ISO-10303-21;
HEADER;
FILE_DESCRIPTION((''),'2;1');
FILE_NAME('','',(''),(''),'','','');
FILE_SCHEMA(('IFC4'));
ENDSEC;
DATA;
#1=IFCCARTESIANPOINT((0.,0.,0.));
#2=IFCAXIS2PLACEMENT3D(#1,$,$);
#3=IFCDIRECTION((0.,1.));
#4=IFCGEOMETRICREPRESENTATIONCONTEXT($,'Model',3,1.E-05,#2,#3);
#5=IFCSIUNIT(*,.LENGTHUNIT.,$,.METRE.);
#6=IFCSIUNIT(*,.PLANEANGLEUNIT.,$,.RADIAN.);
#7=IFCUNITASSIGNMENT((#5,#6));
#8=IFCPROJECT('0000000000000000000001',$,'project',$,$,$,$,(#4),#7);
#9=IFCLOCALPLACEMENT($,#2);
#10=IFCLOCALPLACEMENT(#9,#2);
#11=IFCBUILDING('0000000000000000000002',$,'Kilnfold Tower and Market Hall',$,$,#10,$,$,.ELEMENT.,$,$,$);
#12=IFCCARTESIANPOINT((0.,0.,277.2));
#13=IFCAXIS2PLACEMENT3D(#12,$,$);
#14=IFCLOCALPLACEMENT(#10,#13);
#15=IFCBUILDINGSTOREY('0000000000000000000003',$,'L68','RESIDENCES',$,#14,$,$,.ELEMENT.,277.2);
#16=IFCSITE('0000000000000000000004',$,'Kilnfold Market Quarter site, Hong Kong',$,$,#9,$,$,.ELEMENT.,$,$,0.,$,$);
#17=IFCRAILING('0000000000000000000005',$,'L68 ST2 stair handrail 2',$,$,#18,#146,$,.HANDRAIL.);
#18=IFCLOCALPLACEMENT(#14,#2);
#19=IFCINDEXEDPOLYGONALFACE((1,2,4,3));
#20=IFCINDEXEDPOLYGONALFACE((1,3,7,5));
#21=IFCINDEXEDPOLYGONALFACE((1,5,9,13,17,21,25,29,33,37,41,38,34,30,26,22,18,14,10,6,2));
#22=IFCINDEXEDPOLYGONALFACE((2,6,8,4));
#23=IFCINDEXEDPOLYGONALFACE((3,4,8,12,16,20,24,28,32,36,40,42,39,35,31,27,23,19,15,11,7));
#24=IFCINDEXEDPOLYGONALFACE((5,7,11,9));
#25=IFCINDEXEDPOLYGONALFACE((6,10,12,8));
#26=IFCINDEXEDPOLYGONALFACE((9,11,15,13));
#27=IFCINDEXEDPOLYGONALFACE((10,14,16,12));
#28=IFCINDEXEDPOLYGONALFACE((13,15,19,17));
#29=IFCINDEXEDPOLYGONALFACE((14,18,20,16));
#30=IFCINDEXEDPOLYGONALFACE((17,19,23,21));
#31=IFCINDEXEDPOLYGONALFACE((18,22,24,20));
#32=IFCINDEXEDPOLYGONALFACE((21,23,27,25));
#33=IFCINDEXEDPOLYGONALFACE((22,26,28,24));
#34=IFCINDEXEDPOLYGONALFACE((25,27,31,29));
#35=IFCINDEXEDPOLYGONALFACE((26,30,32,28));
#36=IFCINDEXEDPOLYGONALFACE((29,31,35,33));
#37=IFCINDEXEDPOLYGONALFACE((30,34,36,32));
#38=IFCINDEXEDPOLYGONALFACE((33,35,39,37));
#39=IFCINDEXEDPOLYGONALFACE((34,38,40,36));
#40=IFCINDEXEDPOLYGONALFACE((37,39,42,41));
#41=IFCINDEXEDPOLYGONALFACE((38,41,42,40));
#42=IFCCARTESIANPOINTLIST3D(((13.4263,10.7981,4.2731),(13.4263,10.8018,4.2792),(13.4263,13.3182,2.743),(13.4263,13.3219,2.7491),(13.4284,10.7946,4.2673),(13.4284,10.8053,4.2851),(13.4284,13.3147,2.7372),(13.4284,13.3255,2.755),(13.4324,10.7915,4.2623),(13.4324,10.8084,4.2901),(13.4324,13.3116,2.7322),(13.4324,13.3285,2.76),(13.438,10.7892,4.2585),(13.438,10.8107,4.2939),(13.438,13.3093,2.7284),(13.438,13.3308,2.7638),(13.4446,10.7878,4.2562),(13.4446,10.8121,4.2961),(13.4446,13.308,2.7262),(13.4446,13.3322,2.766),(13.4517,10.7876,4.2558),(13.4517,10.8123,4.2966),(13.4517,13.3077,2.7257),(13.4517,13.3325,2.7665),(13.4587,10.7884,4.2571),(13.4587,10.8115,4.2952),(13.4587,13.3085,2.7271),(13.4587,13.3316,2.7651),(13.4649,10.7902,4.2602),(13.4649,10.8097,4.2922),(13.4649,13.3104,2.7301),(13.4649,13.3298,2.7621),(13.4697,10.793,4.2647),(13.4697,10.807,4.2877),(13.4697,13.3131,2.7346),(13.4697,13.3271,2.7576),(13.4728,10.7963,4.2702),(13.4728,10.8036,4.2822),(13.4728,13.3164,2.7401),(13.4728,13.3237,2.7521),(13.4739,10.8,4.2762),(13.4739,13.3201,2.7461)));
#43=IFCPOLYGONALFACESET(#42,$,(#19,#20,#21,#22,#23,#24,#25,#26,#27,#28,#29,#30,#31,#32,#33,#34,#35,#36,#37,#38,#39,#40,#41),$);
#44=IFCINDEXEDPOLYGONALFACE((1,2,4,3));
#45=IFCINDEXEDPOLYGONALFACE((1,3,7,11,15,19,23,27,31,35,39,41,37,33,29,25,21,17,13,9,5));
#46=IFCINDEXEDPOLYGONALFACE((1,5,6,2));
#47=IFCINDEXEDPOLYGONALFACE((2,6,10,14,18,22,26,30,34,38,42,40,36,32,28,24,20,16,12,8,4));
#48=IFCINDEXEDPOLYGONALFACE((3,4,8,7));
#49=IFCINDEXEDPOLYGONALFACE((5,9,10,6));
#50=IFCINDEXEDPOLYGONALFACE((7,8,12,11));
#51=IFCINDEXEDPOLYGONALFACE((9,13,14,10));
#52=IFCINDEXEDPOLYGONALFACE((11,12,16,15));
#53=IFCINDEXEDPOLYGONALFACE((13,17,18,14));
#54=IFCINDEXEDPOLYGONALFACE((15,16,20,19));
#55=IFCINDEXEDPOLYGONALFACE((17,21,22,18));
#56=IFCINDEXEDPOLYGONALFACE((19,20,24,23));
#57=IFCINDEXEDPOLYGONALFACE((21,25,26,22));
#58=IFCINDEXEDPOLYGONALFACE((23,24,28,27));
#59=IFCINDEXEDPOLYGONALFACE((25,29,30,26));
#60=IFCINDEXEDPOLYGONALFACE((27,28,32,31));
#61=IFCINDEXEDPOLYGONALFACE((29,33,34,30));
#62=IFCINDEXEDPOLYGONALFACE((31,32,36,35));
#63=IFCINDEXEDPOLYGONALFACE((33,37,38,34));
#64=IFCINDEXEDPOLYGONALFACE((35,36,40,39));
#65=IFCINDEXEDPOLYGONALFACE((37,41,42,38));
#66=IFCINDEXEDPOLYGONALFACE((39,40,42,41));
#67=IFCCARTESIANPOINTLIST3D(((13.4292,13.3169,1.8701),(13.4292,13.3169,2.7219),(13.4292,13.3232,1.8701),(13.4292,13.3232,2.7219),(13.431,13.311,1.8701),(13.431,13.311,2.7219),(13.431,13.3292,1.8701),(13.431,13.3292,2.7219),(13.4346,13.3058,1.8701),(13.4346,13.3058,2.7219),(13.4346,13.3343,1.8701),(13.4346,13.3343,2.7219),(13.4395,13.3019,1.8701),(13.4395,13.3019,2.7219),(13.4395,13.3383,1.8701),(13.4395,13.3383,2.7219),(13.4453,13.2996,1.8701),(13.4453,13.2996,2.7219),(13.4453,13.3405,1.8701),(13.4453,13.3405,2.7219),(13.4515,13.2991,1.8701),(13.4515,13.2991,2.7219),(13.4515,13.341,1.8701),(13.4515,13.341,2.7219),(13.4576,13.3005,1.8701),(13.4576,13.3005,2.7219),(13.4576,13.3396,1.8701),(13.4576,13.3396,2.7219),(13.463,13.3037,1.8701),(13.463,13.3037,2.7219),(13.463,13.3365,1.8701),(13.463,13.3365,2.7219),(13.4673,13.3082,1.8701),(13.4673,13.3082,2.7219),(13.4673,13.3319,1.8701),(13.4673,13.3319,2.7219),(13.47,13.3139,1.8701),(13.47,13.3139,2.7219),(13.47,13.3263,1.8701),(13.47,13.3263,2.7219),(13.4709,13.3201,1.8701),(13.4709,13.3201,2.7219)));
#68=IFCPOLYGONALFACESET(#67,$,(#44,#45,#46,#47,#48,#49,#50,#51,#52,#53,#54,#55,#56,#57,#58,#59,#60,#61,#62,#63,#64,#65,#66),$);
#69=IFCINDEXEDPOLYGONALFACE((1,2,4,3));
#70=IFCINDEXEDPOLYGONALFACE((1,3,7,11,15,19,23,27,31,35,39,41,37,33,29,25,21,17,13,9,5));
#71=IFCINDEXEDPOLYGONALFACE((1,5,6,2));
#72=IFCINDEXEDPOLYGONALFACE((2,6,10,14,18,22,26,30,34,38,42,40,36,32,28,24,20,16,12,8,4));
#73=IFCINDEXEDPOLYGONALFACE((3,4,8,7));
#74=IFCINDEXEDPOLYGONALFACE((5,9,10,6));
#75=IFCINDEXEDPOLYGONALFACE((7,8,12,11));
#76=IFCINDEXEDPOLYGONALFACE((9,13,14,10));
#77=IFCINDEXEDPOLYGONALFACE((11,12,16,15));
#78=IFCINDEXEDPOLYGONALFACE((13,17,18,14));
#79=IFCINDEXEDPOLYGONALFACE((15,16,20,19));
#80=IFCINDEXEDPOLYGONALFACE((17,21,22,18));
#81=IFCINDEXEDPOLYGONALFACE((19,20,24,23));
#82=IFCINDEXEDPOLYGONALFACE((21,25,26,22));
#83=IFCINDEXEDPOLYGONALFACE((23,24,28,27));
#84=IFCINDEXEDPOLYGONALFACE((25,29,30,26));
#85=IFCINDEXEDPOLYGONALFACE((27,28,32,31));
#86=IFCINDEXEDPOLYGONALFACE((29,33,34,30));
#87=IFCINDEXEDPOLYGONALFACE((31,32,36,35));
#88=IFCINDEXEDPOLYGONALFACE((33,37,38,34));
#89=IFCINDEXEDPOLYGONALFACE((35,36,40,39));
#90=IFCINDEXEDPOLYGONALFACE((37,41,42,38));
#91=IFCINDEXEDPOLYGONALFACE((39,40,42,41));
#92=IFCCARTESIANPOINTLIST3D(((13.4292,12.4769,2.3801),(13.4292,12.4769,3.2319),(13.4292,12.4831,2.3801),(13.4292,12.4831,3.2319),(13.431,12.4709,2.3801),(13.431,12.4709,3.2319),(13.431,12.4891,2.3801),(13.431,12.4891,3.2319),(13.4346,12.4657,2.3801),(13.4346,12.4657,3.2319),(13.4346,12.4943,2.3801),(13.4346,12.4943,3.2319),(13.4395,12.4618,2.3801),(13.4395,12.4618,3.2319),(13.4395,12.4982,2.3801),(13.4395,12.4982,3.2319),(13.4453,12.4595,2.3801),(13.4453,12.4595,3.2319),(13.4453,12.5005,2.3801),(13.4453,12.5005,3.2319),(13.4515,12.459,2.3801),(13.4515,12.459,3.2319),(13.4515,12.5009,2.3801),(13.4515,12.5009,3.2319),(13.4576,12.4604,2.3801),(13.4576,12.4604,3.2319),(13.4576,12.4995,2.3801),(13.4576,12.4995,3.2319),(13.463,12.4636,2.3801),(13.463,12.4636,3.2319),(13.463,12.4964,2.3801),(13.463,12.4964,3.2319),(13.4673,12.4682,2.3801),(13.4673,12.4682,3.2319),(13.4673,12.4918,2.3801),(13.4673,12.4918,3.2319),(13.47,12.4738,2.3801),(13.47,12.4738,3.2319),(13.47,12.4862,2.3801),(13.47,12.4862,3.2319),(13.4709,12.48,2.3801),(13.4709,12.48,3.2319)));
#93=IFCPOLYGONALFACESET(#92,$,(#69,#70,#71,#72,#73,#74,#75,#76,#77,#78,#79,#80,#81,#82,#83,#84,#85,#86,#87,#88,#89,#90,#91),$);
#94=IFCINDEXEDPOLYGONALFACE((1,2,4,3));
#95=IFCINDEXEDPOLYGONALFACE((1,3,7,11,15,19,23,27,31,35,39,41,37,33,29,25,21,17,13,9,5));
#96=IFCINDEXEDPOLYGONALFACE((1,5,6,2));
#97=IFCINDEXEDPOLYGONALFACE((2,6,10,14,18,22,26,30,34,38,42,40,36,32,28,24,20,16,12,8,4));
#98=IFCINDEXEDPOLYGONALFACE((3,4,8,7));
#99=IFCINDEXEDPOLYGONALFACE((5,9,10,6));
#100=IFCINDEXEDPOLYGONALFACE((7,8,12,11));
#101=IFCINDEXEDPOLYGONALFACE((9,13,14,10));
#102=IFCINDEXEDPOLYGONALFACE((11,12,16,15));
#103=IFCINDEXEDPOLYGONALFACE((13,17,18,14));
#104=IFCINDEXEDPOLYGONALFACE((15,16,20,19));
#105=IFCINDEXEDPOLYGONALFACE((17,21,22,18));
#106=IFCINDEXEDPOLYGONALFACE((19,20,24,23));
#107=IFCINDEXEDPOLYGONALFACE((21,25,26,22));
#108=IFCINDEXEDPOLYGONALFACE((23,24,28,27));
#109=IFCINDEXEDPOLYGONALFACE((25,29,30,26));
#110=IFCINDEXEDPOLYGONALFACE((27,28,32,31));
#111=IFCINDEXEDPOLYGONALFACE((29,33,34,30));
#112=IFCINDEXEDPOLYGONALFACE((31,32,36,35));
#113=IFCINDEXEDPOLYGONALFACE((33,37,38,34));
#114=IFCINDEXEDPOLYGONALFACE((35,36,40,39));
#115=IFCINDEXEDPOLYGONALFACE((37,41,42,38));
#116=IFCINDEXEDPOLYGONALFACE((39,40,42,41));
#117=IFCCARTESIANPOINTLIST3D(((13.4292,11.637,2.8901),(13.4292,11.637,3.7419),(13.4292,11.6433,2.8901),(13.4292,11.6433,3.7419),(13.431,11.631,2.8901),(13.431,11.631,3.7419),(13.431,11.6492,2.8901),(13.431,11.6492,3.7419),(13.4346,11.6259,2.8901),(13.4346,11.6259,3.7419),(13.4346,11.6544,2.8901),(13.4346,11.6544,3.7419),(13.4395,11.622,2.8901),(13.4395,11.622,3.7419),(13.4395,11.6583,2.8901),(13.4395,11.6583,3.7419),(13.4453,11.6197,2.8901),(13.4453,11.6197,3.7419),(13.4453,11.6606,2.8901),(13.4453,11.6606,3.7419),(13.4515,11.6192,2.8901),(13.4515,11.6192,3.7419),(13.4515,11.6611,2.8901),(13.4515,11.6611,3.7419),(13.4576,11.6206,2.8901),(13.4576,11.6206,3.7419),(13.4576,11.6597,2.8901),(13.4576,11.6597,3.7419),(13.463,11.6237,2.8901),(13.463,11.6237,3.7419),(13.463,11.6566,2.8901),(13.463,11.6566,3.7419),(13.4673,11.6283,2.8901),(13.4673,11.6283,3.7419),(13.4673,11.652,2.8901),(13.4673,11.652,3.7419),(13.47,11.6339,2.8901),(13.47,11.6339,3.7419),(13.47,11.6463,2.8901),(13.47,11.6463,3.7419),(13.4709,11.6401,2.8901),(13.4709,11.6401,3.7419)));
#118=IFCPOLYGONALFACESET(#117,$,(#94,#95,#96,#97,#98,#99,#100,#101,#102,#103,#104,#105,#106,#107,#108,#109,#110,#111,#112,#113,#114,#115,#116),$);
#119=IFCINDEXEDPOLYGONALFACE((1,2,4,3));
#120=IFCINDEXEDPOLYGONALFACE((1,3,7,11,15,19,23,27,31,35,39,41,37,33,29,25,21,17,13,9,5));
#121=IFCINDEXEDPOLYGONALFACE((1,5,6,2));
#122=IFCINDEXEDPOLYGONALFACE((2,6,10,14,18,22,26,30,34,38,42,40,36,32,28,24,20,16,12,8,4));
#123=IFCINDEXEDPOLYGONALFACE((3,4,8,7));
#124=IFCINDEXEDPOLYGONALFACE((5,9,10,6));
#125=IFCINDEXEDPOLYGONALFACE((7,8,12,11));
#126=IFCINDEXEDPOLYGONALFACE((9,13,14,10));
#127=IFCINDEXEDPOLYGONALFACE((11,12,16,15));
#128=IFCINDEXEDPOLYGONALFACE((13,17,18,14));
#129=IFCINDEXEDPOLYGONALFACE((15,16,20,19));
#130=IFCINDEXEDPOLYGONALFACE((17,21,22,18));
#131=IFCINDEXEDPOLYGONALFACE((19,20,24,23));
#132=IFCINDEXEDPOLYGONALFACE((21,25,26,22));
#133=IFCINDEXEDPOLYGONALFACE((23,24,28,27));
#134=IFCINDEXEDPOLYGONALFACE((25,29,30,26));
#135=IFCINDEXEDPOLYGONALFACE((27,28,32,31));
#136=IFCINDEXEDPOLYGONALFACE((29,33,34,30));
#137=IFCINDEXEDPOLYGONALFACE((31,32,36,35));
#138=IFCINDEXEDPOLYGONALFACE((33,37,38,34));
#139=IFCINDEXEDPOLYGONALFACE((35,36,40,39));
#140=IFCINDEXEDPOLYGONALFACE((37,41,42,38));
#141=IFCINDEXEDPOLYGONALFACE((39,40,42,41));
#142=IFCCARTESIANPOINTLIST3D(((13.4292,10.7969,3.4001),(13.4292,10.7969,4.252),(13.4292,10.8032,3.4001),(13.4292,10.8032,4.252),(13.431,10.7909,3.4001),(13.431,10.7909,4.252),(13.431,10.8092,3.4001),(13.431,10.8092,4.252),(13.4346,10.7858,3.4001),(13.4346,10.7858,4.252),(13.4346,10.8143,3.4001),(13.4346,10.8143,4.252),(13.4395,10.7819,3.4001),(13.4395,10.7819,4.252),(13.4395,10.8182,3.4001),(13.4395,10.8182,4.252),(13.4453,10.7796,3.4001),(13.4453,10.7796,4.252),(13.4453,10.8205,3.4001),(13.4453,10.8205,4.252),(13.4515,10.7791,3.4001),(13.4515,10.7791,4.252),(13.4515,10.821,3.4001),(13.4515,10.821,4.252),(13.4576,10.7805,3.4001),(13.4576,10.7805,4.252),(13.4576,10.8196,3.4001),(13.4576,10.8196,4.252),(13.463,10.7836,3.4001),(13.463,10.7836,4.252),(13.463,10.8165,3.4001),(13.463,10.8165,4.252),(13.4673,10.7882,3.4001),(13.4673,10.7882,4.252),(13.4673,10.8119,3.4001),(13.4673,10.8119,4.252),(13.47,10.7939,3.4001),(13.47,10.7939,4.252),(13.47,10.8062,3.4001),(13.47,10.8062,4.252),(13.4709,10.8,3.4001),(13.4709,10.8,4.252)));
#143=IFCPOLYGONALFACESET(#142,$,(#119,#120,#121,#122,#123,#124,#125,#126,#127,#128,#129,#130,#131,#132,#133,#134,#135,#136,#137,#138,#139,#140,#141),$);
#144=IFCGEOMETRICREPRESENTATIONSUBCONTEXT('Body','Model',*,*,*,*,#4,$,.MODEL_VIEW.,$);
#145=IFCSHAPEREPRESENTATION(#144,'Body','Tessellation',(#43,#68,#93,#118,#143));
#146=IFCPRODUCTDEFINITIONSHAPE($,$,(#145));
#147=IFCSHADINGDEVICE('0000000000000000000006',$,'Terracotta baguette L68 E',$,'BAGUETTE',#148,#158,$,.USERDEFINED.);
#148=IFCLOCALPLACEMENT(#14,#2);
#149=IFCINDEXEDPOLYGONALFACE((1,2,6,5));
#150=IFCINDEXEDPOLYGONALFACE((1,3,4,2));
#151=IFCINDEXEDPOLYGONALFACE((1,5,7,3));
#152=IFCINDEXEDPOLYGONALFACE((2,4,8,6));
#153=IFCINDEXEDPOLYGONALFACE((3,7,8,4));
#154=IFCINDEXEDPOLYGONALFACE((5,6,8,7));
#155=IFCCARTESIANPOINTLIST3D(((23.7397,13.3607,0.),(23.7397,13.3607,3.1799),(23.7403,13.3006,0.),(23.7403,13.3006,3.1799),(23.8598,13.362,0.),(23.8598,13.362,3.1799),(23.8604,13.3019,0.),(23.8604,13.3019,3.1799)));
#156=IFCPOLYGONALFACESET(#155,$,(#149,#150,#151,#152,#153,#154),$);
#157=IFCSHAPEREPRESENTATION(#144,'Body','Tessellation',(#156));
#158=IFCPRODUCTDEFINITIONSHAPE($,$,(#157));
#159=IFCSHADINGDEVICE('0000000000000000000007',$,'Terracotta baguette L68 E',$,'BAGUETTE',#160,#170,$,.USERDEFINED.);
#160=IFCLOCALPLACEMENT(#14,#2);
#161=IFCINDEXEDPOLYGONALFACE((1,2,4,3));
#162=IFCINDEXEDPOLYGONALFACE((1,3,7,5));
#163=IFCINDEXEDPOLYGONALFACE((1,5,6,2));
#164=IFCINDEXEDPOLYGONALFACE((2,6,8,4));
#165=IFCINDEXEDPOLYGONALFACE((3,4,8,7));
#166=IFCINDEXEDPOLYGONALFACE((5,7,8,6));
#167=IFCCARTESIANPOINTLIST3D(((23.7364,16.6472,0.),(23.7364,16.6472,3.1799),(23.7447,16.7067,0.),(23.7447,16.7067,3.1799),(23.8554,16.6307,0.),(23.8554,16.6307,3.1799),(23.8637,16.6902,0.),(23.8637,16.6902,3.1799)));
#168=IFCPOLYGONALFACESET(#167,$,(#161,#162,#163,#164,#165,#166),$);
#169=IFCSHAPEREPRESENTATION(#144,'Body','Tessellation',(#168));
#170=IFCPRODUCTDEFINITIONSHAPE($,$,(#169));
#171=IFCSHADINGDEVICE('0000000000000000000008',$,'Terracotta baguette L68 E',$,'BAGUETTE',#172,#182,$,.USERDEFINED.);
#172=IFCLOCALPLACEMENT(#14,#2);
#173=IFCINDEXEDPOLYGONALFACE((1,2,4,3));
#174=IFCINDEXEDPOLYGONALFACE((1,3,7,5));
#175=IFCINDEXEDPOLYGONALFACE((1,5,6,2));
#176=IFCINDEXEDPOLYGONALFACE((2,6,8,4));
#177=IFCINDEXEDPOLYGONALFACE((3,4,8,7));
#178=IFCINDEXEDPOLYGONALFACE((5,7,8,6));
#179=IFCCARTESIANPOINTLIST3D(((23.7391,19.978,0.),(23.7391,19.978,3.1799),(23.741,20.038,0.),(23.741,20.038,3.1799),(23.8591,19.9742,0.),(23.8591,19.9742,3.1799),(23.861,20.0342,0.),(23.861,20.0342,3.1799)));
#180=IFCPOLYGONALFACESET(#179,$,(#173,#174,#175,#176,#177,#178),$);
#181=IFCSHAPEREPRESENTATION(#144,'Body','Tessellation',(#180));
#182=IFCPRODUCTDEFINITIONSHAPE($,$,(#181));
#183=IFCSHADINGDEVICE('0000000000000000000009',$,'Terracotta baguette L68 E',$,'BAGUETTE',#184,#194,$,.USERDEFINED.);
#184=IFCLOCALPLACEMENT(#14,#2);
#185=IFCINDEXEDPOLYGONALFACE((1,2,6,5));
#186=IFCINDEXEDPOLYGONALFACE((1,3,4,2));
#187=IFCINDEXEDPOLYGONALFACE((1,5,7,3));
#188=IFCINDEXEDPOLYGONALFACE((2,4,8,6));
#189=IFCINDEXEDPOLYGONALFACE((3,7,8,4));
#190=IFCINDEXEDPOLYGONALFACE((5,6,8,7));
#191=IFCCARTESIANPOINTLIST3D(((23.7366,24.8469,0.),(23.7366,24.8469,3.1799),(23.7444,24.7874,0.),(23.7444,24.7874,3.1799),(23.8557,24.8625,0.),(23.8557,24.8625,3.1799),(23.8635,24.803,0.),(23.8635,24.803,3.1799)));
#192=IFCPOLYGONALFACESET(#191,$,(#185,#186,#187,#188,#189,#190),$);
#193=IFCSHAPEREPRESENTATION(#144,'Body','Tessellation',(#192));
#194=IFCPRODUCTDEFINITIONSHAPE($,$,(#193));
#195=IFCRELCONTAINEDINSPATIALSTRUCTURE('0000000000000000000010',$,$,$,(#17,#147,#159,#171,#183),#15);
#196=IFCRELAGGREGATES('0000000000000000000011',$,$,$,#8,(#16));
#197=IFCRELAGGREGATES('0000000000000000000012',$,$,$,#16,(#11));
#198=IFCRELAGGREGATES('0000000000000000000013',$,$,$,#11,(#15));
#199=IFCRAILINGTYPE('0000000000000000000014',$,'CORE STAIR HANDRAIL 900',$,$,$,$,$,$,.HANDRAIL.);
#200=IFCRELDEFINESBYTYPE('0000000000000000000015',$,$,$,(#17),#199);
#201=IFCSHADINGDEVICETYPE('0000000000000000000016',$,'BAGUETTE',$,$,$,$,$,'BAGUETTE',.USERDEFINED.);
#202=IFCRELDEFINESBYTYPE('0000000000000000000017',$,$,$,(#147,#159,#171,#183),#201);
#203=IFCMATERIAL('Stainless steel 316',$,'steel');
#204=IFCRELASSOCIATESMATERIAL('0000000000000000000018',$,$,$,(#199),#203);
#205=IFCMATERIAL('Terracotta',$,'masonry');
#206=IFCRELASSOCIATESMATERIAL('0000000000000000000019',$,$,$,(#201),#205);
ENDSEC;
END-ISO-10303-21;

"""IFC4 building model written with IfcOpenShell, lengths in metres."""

from ifc_helpers import new_model, si_unit, direction, frame, origin, origin_2d, place, context, subcontext, project, spatial, rectangle, circle, extrude, source, transform, mapped, material, material_profile, profile_set, type_object, element, save


model = new_model("IFC4")

# Units and contexts
model_context = context("Model", 3, precision=1e-05, world=origin(), true_north=direction((0.0, 1.0)))
body_context = subcontext(model_context, "Body", "Model", "MODEL_VIEW")
ifc_project = project(units=[si_unit("LENGTHUNIT", "METRE"), si_unit("PLANEANGLEUNIT", "RADIAN")], contexts=[model_context])

# Site, building, storey
site_placement = place(None, origin())
site = spatial("IfcSite", under=ifc_project, at=site_placement, Name="Kilnfold Market Quarter site, Hong Kong", CompositionType="ELEMENT", RefElevation=0.0)
building_placement = place(site_placement, origin())
building = spatial("IfcBuilding", under=site, at=building_placement, Name="Kilnfold Tower and Market Hall", CompositionType="ELEMENT")
storey_placement = place(building_placement, frame((0.0, 0.0, 277.2)))
storey = spatial("IfcBuildingStorey", under=building, at=storey_placement, Name="L68", Description="RESIDENCES", CompositionType="ELEMENT", Elevation=277.2)

# Railing
ifc_material_1 = material(Name="Stainless steel 316", Category="steel")
railing_type = type_object("IfcRailingType", Name="CORE STAIR HANDRAIL 900", PredefinedType="HANDRAIL", material=ifc_material_1)
railing_placement = place(storey_placement, frame((13.45, 13.3201, 1.8701)))
element("IfcRailing", 1, at=railing_placement, inside=storey, type_object=railing_type, Name="L68 ST2 stair handrail 2", PredefinedType="HANDRAIL", context=body_context, shape_type="SweptSolid", body=[
    extrude(circle(Radius=0.0239, at=origin_2d()), frame((0.0, 0.0, 0.876), z_axis=(0.0, -0.854785, 0.518982), x_axis=(1.0, 0.0, 0.0)), (0.0, 0.0, 1.0), 2.9482),
    extrude(circle(Radius=0.021, at=origin_2d()), origin(), (0.0, 0.0, 1.0), 0.8518),
    extrude(circle(Radius=0.021, at=origin_2d()), frame((0.0, -0.8401, 0.51)), (0.0, 0.0, 1.0), 0.8518),
    extrude(circle(Radius=0.021, at=origin_2d()), frame((0.0, -1.6799, 1.02)), (0.0, 0.0, 1.0), 0.8518),
    extrude(circle(Radius=0.021, at=origin_2d()), frame((0.0, -2.52, 1.53)), (0.0, 0.0, 1.0), 0.8518),
])

# Shading devices
ifc_material_2 = material(Name="Terracotta", Category="masonry")
ifc_material_profile_1 = material_profile(ifc_material_2, rectangle(XDim=0.0601, YDim=0.1201, at=origin_2d()), Name="BAG 60x120")
ifc_profile_set_1 = profile_set([ifc_material_profile_1], Name="Terracotta")
shading_device_type = type_object("IfcShadingDeviceType", Name="BAGUETTE", ElementType="BAGUETTE", PredefinedType="USERDEFINED", material=ifc_profile_set_1)
shared_shape_1 = source(origin(), body_context, "Body", "SweptSolid", [
    extrude(rectangle(XDim=0.0601, YDim=0.1201, at=origin_2d()), origin(), (0.0, 0.0, 1.0), 3.1799),
])
for number, where, z_axis, x_axis, name in (
    (2, (23.8, 13.3313, 0.0), (0.0, 0.0, 1.0), (-0.011205, 0.999937, 0.0), "Terracotta baguette L68 E"),
    (3, (23.8, 16.6687, 0.0), (0.0, 0.0, 1.0), (0.137552, 0.990495, 0.0), "Terracotta baguette L68 E"),
    (4, (23.8, 20.0061, 0.0), (0.0, 0.0, 1.0), (0.03131, 0.99951, 0.0), "Terracotta baguette L68 E"),
    (5, (23.8, 24.825, 0.0), (0.0, 0.0, 1.0), (-0.130026, 0.991511, 0.0), "Terracotta baguette L68 E"),
):
    element("IfcShadingDevice", number, at=place(storey_placement, frame(where, z_axis=z_axis, x_axis=x_axis)), inside=storey, type_object=shading_device_type, Name=name, ObjectType="BAGUETTE", PredefinedType="USERDEFINED", context=body_context, shape_type="MappedRepresentation", body=[
        mapped(shared_shape_1, transform((0.0, 0.0, 0.0))),
    ])

save(model, "model.ifc")
